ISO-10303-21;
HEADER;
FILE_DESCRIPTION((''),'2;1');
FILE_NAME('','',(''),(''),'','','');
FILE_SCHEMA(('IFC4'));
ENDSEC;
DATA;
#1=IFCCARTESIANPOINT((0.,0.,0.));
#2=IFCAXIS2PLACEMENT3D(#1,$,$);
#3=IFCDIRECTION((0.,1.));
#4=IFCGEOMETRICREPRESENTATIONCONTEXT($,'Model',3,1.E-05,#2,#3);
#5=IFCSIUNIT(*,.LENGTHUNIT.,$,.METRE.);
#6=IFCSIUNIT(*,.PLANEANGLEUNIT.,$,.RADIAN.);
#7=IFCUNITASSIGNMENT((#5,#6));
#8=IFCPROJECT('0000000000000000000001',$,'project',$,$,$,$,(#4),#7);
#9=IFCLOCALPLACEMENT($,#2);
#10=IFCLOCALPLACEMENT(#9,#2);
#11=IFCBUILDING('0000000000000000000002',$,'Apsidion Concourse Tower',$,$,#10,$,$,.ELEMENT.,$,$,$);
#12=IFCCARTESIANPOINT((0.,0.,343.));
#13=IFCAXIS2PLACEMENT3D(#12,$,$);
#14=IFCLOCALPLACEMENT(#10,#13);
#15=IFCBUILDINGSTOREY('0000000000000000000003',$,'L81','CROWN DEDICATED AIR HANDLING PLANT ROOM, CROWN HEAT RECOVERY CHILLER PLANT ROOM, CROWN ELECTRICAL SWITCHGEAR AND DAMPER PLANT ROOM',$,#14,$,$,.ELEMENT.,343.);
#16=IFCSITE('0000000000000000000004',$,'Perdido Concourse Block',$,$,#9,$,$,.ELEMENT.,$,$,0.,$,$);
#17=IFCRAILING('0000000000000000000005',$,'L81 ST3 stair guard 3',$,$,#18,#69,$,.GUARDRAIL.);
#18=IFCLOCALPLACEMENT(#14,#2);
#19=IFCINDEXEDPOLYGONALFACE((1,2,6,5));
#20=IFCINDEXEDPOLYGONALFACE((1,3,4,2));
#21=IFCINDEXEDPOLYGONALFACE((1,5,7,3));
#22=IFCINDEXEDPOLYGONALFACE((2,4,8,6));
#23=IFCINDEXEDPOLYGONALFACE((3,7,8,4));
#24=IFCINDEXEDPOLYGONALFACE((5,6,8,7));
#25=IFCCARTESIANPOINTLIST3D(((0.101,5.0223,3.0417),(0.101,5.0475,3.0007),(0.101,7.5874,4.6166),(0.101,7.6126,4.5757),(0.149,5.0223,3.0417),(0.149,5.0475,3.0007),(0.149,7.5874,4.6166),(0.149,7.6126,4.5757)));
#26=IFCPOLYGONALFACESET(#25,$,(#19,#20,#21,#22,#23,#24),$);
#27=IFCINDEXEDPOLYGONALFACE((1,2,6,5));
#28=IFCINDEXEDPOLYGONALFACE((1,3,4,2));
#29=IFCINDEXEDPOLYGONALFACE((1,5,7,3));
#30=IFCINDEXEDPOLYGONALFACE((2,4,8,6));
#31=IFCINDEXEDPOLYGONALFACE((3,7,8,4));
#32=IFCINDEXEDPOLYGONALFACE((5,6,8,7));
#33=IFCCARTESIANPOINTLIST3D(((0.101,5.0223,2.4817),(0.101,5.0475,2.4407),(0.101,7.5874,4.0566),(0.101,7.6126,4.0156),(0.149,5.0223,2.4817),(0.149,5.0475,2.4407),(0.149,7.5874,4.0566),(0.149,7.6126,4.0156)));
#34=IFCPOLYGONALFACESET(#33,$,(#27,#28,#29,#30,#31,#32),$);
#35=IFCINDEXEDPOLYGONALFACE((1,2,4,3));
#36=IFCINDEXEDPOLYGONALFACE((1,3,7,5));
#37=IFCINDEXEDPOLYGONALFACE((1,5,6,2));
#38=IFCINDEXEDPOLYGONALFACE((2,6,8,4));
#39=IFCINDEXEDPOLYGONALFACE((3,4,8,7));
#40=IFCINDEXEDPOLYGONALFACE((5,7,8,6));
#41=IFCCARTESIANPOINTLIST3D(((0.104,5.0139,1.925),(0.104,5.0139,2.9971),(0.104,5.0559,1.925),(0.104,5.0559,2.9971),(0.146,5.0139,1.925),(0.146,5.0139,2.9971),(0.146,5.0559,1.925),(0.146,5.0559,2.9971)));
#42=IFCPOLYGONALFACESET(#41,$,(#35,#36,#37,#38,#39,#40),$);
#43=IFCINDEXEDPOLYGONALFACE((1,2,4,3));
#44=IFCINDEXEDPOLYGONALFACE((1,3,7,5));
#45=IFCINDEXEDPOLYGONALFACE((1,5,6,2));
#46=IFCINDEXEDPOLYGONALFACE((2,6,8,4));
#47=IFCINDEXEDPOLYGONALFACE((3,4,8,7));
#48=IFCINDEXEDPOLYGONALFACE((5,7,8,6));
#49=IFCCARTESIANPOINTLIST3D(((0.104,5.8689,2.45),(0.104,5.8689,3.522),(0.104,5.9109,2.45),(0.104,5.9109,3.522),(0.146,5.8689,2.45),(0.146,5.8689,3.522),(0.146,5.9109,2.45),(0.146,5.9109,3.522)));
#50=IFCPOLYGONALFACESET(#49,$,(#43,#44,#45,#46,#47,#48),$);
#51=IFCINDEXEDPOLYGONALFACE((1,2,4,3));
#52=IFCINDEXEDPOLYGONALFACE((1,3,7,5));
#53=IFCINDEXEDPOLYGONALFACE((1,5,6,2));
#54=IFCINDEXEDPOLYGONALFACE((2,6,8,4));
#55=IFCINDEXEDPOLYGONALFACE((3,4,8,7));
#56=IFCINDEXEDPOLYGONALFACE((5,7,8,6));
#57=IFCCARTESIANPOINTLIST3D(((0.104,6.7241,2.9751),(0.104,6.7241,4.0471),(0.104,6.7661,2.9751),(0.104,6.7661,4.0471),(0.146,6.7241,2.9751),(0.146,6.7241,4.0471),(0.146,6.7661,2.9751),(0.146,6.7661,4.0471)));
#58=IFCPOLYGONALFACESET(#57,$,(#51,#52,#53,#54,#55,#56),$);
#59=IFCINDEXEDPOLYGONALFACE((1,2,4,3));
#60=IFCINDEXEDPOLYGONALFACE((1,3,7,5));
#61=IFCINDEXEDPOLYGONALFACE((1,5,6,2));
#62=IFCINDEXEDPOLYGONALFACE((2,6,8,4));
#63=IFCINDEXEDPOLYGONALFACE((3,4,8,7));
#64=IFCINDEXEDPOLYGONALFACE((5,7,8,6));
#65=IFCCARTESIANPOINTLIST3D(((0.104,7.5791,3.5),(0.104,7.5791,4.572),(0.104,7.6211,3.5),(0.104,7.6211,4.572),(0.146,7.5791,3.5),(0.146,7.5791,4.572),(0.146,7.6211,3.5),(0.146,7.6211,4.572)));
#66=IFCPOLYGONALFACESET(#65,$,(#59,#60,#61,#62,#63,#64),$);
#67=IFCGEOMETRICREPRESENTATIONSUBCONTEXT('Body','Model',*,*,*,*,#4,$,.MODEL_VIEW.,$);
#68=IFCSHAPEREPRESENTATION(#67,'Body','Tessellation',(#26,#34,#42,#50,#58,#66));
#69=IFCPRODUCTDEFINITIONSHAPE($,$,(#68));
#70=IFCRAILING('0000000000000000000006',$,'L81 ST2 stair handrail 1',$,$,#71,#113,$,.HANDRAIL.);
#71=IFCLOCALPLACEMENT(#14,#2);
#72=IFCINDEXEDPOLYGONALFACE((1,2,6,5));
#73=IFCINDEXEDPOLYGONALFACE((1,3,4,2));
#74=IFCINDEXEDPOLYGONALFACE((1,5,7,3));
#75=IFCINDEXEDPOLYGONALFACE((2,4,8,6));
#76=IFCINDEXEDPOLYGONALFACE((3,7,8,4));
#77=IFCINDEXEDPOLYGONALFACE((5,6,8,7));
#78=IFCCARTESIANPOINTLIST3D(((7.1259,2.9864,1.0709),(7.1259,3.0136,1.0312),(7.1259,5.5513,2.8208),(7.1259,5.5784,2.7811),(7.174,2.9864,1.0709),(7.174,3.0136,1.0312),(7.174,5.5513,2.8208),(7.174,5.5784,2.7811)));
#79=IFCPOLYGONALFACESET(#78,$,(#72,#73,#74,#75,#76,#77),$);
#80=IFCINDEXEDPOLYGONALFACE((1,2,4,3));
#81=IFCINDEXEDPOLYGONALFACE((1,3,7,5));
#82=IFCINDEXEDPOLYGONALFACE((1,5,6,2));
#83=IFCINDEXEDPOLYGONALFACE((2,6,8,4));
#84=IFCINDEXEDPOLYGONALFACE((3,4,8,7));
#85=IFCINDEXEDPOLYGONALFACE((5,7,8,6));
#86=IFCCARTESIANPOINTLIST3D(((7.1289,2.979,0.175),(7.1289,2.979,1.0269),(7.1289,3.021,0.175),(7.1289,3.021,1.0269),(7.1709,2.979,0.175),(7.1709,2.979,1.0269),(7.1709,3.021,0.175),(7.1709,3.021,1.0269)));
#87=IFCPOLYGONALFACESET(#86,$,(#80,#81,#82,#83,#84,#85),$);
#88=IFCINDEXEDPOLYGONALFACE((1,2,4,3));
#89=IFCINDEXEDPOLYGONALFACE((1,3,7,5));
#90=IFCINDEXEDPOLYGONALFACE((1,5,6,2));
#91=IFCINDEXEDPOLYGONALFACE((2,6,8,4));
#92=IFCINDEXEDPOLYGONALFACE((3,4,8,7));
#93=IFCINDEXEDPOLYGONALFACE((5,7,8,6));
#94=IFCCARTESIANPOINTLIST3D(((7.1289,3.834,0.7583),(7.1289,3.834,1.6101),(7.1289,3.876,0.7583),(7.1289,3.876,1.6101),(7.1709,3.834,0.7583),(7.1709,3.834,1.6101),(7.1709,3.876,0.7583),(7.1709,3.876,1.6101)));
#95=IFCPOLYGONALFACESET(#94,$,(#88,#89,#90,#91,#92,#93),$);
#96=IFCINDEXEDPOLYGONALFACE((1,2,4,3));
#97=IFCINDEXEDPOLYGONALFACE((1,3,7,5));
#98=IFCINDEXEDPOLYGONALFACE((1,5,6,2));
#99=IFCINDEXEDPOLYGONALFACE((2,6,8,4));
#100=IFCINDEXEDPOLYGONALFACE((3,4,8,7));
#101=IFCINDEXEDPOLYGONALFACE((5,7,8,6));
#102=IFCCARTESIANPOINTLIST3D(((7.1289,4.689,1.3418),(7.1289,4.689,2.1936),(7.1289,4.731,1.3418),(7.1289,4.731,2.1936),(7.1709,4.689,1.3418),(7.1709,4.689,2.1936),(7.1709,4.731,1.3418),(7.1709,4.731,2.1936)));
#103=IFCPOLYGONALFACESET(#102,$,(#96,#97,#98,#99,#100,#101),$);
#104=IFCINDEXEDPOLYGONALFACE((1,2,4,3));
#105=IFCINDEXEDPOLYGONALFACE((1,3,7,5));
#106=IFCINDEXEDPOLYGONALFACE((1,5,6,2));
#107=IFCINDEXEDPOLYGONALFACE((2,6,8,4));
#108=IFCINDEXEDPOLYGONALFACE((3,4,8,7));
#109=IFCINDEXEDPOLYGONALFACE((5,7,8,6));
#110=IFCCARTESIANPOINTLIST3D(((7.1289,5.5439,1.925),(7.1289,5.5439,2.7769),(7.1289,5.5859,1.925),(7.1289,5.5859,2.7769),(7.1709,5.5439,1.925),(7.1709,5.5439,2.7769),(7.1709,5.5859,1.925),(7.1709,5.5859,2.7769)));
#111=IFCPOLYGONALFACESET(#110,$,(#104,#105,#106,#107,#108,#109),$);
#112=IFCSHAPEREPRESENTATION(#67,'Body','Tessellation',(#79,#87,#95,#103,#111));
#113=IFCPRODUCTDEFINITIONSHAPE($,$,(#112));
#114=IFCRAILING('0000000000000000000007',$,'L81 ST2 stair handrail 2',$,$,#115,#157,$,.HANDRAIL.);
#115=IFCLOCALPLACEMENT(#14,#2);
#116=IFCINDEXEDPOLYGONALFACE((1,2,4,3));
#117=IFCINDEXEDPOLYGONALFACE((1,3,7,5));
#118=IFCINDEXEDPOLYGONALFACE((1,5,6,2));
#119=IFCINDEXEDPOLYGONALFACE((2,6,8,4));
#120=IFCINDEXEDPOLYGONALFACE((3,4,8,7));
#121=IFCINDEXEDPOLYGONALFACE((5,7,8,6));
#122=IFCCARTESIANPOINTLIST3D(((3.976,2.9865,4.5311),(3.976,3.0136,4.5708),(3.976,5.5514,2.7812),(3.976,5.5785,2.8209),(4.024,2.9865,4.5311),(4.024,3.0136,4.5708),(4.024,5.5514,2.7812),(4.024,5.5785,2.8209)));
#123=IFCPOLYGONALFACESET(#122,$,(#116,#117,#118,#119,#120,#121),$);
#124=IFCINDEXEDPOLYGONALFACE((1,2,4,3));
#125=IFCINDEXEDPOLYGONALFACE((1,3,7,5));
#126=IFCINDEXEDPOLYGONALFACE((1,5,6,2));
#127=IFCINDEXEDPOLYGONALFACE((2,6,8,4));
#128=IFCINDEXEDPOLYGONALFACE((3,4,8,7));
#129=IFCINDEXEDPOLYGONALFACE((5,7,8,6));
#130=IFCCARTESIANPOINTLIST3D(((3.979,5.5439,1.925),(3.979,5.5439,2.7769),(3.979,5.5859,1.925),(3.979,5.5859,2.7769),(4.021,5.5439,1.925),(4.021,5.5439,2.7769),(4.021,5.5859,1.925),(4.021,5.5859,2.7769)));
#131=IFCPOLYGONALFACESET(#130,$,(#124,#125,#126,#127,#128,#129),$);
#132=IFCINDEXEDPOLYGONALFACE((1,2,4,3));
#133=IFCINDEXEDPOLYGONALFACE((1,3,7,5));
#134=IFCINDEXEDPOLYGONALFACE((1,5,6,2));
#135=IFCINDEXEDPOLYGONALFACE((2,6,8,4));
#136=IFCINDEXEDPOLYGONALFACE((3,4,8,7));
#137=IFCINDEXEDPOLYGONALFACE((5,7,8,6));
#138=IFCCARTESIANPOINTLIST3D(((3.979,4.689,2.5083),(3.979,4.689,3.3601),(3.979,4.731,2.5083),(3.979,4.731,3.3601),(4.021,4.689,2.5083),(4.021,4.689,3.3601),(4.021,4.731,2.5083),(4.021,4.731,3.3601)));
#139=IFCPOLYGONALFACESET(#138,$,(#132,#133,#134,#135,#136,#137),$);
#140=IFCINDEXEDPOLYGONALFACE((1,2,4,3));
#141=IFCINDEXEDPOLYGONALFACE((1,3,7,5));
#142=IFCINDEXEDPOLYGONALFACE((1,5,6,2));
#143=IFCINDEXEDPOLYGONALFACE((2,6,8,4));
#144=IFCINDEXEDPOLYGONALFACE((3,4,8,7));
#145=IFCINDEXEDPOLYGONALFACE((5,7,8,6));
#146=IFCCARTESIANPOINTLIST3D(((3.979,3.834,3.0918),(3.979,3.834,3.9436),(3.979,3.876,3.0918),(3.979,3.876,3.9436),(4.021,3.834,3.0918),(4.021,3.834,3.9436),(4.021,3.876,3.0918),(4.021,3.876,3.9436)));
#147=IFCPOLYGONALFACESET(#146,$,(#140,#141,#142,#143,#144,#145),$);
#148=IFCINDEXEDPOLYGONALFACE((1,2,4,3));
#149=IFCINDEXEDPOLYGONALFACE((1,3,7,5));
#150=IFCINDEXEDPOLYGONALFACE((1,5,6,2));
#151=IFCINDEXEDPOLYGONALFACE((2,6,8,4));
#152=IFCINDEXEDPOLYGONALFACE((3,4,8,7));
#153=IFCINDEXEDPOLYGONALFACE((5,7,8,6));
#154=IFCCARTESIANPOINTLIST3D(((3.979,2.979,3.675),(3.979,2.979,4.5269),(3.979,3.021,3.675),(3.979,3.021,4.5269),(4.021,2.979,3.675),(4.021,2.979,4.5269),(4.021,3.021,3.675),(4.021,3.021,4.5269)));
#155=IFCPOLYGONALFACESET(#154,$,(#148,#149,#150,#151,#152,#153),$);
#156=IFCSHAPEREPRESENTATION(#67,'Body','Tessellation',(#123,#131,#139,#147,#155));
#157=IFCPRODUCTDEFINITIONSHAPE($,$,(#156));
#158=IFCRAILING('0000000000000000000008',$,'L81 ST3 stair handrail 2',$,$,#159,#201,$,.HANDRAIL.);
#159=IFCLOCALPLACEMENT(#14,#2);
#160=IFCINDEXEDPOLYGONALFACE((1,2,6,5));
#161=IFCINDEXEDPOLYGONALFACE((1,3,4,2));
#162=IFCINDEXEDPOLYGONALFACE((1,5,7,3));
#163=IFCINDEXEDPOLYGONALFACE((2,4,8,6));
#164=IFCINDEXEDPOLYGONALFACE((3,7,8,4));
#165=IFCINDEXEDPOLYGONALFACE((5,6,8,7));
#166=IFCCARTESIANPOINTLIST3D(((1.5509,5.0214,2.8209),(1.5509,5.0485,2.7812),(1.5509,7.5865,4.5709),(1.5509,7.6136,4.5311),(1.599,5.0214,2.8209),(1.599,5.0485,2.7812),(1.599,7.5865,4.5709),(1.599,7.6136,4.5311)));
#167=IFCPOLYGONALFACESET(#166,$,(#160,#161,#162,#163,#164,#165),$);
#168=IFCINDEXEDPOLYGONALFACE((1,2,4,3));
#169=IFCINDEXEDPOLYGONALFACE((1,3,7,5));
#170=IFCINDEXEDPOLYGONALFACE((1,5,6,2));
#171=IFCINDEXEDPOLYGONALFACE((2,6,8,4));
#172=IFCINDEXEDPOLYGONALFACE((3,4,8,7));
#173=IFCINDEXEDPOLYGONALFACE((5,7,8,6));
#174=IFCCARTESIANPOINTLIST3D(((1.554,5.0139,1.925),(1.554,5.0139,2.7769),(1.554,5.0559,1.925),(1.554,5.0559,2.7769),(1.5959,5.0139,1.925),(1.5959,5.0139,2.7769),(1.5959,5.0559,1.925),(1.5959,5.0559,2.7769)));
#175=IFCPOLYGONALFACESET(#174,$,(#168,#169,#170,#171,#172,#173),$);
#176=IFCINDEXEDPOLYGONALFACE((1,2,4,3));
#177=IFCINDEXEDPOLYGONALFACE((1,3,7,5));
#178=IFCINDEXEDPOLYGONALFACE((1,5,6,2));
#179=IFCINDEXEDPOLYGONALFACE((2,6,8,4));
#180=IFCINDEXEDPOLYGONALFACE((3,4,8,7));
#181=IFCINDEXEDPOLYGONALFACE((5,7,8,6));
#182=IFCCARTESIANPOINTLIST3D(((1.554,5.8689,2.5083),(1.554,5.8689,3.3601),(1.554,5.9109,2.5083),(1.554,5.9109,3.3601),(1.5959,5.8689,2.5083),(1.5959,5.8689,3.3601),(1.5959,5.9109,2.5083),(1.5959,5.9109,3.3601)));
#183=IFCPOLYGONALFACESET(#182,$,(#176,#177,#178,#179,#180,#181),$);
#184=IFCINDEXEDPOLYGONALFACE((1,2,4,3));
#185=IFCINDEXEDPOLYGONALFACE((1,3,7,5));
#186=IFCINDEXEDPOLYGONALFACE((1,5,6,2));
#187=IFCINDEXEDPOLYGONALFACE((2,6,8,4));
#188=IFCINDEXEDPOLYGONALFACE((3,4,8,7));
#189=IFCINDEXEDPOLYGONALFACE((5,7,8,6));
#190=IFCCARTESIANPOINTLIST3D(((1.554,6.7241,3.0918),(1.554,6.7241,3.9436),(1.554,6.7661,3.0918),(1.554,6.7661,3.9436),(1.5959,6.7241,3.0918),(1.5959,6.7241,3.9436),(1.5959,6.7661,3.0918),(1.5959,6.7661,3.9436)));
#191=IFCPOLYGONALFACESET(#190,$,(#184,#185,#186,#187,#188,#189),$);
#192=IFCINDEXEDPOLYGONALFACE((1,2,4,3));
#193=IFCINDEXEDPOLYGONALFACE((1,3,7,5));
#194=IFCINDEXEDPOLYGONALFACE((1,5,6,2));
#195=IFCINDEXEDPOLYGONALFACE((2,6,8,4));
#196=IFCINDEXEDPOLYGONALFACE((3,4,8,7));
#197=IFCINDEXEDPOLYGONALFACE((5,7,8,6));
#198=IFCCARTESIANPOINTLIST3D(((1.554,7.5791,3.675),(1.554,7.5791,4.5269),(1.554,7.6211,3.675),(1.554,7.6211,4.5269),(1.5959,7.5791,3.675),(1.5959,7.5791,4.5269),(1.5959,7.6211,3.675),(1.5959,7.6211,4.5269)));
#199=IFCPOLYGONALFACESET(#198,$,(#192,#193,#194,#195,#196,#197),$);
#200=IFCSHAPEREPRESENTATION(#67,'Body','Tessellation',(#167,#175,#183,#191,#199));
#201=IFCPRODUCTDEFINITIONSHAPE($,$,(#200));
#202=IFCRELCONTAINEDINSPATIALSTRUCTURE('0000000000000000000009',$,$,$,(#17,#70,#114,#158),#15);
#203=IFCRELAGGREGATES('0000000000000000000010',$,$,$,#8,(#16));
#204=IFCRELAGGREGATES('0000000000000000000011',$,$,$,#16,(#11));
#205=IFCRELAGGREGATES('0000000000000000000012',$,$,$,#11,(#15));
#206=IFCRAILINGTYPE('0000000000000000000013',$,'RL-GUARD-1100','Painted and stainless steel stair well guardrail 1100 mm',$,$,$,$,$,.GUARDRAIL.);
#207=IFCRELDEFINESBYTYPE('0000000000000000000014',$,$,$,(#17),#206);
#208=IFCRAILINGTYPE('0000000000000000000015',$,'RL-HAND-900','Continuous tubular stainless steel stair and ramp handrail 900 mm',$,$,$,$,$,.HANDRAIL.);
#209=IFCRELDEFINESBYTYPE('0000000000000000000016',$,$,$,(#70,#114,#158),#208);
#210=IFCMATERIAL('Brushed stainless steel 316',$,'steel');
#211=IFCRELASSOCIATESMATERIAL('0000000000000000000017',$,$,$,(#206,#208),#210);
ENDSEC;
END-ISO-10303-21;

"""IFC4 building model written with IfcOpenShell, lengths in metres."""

from ifc_helpers import new_model, si_unit, direction, frame, origin, origin_2d, place, context, subcontext, project, spatial, rectangle, extrude, material, type_object, element, save


model = new_model("IFC4")

# Units and contexts
model_context = context("Model", 3, precision=1e-05, world=origin(), true_north=direction((0.0, 1.0)))
body_context = subcontext(model_context, "Body", "Model", "MODEL_VIEW")
ifc_project = project(units=[si_unit("LENGTHUNIT", "METRE"), si_unit("PLANEANGLEUNIT", "RADIAN")], contexts=[model_context])

# Site, building, storey
site_placement = place(None, origin())
site = spatial("IfcSite", under=ifc_project, at=site_placement, Name="Perdido Concourse Block", CompositionType="ELEMENT", RefElevation=0.0)
building_placement = place(site_placement, origin())
building = spatial("IfcBuilding", under=site, at=building_placement, Name="Apsidion Concourse Tower", CompositionType="ELEMENT")
storey_placement = place(building_placement, frame((0.0, 0.0, 343.0)))
storey = spatial("IfcBuildingStorey", under=building, at=storey_placement, Name="L81", Description="CROWN DEDICATED AIR HANDLING PLANT ROOM, CROWN HEAT RECOVERY CHILLER PLANT ROOM, CROWN ELECTRICAL SWITCHGEAR AND DAMPER PLANT ROOM", CompositionType="ELEMENT", Elevation=343.0)

# Shared definitions
ifc_material_1 = material(Name="Brushed stainless steel 316", Category="steel")

# Railings
railing_type_1 = type_object("IfcRailingType", Name="RL-GUARD-1100", Description="Painted and stainless steel stair well guardrail 1100 mm", PredefinedType="GUARDRAIL", material=ifc_material_1)
railing_1_placement = place(storey_placement, frame((0.125, 5.0349, 1.925)))
element("IfcRailing", 1, at=railing_1_placement, inside=storey, type_object=railing_type_1, Name="L81 ST3 stair guard 3", PredefinedType="GUARDRAIL", context=body_context, shape_type="SweptSolid", body=[
    extrude(rectangle(XDim=0.0481, YDim=0.0481, at=origin_2d()), frame((0.0, 0.0, 1.0962), z_axis=(0.0, 0.852195, 0.523224), x_axis=(-1.0, 0.0, 0.0)), (0.0, 0.0, 1.0), 3.01),
    extrude(rectangle(XDim=0.0481, YDim=0.0481, at=origin_2d()), frame((0.0, 0.0, 0.5361), z_axis=(0.0, 0.852195, 0.523224), x_axis=(-1.0, 0.0, 0.0)), (0.0, 0.0, 1.0), 3.01),
    extrude(rectangle(XDim=0.042, YDim=0.042, at=origin_2d()), origin(), (0.0, 0.0, 1.0), 1.072),
    extrude(rectangle(XDim=0.042, YDim=0.042, at=origin_2d()), frame((0.0, 0.855, 0.5249)), (0.0, 0.0, 1.0), 1.072),
    extrude(rectangle(XDim=0.042, YDim=0.042, at=origin_2d()), frame((0.0, 1.7102, 1.05)), (0.0, 0.0, 1.0), 1.072),
    extrude(rectangle(XDim=0.042, YDim=0.042, at=origin_2d()), frame((0.0, 2.5652, 1.575)), (0.0, 0.0, 1.0), 1.072),
])
railing_type_2 = type_object("IfcRailingType", Name="RL-HAND-900", Description="Continuous tubular stainless steel stair and ramp handrail 900 mm", PredefinedType="HANDRAIL", material=ifc_material_1)
railing_2_placement = place(storey_placement, frame((7.1499, 3.0, 0.175)))
element("IfcRailing", 2, at=railing_2_placement, inside=storey, type_object=railing_type_2, Name="L81 ST2 stair handrail 1", PredefinedType="HANDRAIL", context=body_context, shape_type="SweptSolid", body=[
    extrude(rectangle(XDim=0.0481, YDim=0.0481, at=origin_2d()), frame((0.0, 0.0, 0.876), z_axis=(0.0, 0.826051, 0.563595), x_axis=(-1.0, 0.0, 0.0)), (0.0, 0.0, 1.0), 3.105),
    extrude(rectangle(XDim=0.042, YDim=0.042, at=origin_2d()), origin(), (0.0, 0.0, 1.0), 0.8518),
    extrude(rectangle(XDim=0.042, YDim=0.042, at=origin_2d()), frame((0.0, 0.855, 0.5833)), (0.0, 0.0, 1.0), 0.8518),
    extrude(rectangle(XDim=0.042, YDim=0.042, at=origin_2d()), frame((0.0, 1.71, 1.1667)), (0.0, 0.0, 1.0), 0.8518),
    extrude(rectangle(XDim=0.042, YDim=0.042, at=origin_2d()), frame((0.0, 2.5649, 1.75)), (0.0, 0.0, 1.0), 0.8518),
])
railing_3_placement = place(storey_placement, frame((4.0, 5.5649, 1.925)))
element("IfcRailing", 3, at=railing_3_placement, inside=storey, type_object=railing_type_2, Name="L81 ST2 stair handrail 2", PredefinedType="HANDRAIL", context=body_context, shape_type="SweptSolid", body=[
    extrude(rectangle(XDim=0.0481, YDim=0.0481, at=origin_2d()), frame((0.0, 0.0, 0.876), z_axis=(0.0, -0.826051, 0.563595), x_axis=(1.0, 0.0, 0.0)), (0.0, 0.0, 1.0), 3.105),
    extrude(rectangle(XDim=0.042, YDim=0.042, at=origin_2d()), origin(), (0.0, 0.0, 1.0), 0.8518),
    extrude(rectangle(XDim=0.042, YDim=0.042, at=origin_2d()), frame((0.0, -0.855, 0.5833)), (0.0, 0.0, 1.0), 0.8518),
    extrude(rectangle(XDim=0.042, YDim=0.042, at=origin_2d()), frame((0.0, -1.71, 1.1667)), (0.0, 0.0, 1.0), 0.8518),
    extrude(rectangle(XDim=0.042, YDim=0.042, at=origin_2d()), frame((0.0, -2.5649, 1.75)), (0.0, 0.0, 1.0), 0.8518),
])
railing_4_placement = place(storey_placement, frame((1.575, 5.0349, 1.925)))
element("IfcRailing", 4, at=railing_4_placement, inside=storey, type_object=railing_type_2, Name="L81 ST3 stair handrail 2", PredefinedType="HANDRAIL", context=body_context, shape_type="SweptSolid", body=[
    extrude(rectangle(XDim=0.0481, YDim=0.0481, at=origin_2d()), frame((0.0, 0.0, 0.876), z_axis=(0.0, 0.826076, 0.563559), x_axis=(-1.0, 0.0, 0.0)), (0.0, 0.0, 1.0), 3.1052),
    extrude(rectangle(XDim=0.042, YDim=0.042, at=origin_2d()), origin(), (0.0, 0.0, 1.0), 0.8518),
    extrude(rectangle(XDim=0.042, YDim=0.042, at=origin_2d()), frame((0.0, 0.855, 0.5833)), (0.0, 0.0, 1.0), 0.8518),
    extrude(rectangle(XDim=0.042, YDim=0.042, at=origin_2d()), frame((0.0, 1.7102, 1.1667)), (0.0, 0.0, 1.0), 0.8518),
    extrude(rectangle(XDim=0.042, YDim=0.042, at=origin_2d()), frame((0.0, 2.5652, 1.75)), (0.0, 0.0, 1.0), 0.8518),
])

save(model, "model.ifc")
